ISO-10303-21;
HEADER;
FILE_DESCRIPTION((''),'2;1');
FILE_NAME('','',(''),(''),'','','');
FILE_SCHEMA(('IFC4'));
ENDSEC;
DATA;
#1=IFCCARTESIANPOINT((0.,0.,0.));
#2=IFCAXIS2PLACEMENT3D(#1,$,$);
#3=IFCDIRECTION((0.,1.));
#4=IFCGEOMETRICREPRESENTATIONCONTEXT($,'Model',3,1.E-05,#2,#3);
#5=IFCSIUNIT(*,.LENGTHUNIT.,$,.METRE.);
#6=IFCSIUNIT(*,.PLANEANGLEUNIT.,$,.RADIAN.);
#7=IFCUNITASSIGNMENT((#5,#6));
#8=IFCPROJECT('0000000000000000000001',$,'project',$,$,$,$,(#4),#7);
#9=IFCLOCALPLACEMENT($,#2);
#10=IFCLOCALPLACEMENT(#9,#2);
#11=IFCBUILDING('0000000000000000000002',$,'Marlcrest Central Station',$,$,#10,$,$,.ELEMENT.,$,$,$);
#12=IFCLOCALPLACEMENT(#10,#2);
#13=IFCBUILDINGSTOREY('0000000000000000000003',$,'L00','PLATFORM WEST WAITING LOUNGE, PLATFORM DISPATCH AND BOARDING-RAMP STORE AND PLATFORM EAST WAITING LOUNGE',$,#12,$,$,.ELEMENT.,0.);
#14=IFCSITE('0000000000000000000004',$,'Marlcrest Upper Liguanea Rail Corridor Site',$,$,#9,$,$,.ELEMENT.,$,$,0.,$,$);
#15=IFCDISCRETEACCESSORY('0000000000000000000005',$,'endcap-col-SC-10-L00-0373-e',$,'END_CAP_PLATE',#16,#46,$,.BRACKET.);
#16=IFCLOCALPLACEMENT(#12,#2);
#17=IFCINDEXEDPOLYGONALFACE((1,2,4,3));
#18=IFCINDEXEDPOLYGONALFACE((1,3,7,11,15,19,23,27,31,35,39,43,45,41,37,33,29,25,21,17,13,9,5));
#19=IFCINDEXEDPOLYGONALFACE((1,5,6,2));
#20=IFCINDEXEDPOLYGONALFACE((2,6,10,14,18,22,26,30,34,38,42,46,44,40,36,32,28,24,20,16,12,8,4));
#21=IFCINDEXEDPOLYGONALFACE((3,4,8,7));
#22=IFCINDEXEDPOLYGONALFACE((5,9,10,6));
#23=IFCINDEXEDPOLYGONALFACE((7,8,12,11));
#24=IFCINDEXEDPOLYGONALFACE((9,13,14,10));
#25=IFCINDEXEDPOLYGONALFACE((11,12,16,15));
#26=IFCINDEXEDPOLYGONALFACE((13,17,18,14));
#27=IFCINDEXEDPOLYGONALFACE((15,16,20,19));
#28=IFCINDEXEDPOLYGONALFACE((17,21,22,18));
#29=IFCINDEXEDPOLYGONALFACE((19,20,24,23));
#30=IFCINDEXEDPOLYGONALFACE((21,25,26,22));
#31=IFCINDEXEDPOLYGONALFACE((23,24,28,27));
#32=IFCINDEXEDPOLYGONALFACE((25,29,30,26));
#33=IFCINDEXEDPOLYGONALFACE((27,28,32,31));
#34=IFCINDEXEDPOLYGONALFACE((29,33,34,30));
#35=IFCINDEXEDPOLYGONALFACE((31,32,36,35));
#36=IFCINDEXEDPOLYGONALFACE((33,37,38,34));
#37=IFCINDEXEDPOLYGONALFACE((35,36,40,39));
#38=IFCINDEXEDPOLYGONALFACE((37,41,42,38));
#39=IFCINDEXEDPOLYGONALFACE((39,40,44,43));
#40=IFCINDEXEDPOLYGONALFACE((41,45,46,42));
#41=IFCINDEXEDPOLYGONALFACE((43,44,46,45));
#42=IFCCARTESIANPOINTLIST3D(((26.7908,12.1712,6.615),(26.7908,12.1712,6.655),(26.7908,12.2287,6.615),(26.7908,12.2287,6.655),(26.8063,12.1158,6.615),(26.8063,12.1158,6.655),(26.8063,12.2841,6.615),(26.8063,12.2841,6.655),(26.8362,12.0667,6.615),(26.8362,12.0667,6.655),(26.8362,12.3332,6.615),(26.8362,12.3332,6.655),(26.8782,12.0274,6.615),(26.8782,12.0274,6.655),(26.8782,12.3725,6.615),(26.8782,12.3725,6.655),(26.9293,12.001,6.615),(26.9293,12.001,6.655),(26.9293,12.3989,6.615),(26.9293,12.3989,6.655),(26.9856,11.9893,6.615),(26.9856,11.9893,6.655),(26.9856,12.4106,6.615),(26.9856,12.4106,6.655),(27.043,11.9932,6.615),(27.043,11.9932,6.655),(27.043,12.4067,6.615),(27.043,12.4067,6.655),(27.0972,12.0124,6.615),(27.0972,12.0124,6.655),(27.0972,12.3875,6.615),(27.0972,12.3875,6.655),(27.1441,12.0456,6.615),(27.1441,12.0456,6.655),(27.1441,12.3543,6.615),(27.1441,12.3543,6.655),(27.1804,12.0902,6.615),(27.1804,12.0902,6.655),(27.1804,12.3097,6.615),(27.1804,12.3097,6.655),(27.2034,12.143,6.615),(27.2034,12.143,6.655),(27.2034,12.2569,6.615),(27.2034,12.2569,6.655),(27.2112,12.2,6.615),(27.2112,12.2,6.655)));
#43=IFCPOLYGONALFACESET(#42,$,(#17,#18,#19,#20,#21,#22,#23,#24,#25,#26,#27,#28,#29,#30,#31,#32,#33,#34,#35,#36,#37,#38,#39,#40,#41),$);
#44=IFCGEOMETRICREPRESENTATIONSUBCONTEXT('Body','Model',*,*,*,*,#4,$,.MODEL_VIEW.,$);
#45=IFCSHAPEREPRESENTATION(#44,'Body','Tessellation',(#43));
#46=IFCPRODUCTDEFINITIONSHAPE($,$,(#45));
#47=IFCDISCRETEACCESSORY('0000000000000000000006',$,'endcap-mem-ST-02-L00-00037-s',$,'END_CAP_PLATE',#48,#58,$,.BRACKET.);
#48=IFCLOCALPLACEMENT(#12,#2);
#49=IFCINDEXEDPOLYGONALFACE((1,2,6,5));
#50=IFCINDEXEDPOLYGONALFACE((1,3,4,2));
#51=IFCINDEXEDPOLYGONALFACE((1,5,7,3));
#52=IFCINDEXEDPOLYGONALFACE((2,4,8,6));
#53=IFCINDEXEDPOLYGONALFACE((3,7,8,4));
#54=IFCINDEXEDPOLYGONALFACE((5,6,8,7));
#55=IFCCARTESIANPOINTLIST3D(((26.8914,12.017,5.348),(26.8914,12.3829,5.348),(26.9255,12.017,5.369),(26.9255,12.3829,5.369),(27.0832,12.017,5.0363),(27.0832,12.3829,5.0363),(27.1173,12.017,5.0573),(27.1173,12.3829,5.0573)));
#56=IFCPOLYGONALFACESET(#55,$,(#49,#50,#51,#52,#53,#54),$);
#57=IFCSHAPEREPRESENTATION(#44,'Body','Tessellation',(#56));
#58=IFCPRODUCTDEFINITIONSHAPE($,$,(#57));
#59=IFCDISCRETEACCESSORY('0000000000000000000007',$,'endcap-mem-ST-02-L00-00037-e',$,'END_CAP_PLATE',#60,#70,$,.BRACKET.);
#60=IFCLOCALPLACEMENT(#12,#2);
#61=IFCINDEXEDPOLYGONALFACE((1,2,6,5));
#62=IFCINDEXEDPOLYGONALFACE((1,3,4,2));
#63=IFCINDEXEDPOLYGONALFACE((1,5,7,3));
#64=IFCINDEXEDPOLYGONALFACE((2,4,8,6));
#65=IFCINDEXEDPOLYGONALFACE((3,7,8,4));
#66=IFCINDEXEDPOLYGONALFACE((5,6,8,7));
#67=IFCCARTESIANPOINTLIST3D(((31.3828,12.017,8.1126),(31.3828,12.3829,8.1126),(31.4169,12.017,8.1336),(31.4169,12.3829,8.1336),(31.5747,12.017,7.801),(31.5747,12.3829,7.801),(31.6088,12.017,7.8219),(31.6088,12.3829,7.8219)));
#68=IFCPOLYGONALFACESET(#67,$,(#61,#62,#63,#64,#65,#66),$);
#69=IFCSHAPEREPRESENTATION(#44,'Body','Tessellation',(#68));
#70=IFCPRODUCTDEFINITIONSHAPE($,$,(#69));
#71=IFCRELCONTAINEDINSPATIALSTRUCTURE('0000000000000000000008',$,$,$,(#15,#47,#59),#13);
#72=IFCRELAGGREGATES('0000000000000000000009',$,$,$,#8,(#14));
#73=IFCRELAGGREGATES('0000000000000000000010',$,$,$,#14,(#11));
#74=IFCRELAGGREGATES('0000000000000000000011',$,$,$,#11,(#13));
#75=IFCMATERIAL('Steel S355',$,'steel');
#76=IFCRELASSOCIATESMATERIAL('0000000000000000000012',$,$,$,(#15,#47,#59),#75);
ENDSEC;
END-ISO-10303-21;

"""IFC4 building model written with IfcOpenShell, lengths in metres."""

from ifc_helpers import new_model, si_unit, direction, frame, origin, origin_2d, place, context, subcontext, project, spatial, rectangle, circle, extrude, material, element, save


model = new_model("IFC4")

# Units and contexts
model_context = context("Model", 3, precision=1e-05, world=origin(), true_north=direction((0.0, 1.0)))
body_context = subcontext(model_context, "Body", "Model", "MODEL_VIEW")
ifc_project = project(units=[si_unit("LENGTHUNIT", "METRE"), si_unit("PLANEANGLEUNIT", "RADIAN")], contexts=[model_context])

# Site, building, storey
site_placement = place(None, origin())
site = spatial("IfcSite", under=ifc_project, at=site_placement, Name="Marlcrest Upper Liguanea Rail Corridor Site", CompositionType="ELEMENT", RefElevation=0.0)
building_placement = place(site_placement, origin())
building = spatial("IfcBuilding", under=site, at=building_placement, Name="Marlcrest Central Station", CompositionType="ELEMENT")
storey_placement = place(building_placement, origin())
storey = spatial("IfcBuildingStorey", under=building, at=storey_placement, Name="L00", Description="PLATFORM WEST WAITING LOUNGE, PLATFORM DISPATCH AND BOARDING-RAMP STORE AND PLATFORM EAST WAITING LOUNGE", CompositionType="ELEMENT", Elevation=0.0)

# Shared definitions
ifc_material_1 = material(Name="Steel S355", Category="steel")

# Discrete accessories
for number, where, z_axis, x_axis, name in (
    (1, (27.0, 12.2, 6.615), (0.0, 0.0, 1.0), (1.0, 0.0, 0.0), "endcap-col-SC-10-L00-0373-e"),
):
    element("IfcDiscreteAccessory", number, at=place(storey_placement, frame(where, z_axis=z_axis, x_axis=x_axis)), inside=storey, material=ifc_material_1, Name=name, ObjectType="END_CAP_PLATE", PredefinedType="BRACKET", context=body_context, shape_type="SweptSolid", body=[
        extrude(circle(Radius=0.2112, at=origin_2d()), origin(), (0.0, 0.0, 1.0), 0.04),
    ])
for number, where, z_axis, x_axis, name in (
    (2, (26.9873, 12.2, 5.1921), (0.851592, 0.0, 0.524206), (0.0, 1.0, 0.0), "endcap-mem-ST-02-L00-00037-s"),
    (3, (31.4788, 12.2, 7.9568), (0.851592, 0.0, 0.524206), (0.0, 1.0, 0.0), "endcap-mem-ST-02-L00-00037-e"),
):
    element("IfcDiscreteAccessory", number, at=place(storey_placement, frame(where, z_axis=z_axis, x_axis=x_axis)), inside=storey, material=ifc_material_1, Name=name, ObjectType="END_CAP_PLATE", PredefinedType="BRACKET", context=body_context, shape_type="SweptSolid", body=[
        extrude(rectangle(XDim=0.366, YDim=0.366, at=origin_2d()), origin(), (0.0, 0.0, 1.0), 0.04),
    ])

save(model, "model.ifc")
